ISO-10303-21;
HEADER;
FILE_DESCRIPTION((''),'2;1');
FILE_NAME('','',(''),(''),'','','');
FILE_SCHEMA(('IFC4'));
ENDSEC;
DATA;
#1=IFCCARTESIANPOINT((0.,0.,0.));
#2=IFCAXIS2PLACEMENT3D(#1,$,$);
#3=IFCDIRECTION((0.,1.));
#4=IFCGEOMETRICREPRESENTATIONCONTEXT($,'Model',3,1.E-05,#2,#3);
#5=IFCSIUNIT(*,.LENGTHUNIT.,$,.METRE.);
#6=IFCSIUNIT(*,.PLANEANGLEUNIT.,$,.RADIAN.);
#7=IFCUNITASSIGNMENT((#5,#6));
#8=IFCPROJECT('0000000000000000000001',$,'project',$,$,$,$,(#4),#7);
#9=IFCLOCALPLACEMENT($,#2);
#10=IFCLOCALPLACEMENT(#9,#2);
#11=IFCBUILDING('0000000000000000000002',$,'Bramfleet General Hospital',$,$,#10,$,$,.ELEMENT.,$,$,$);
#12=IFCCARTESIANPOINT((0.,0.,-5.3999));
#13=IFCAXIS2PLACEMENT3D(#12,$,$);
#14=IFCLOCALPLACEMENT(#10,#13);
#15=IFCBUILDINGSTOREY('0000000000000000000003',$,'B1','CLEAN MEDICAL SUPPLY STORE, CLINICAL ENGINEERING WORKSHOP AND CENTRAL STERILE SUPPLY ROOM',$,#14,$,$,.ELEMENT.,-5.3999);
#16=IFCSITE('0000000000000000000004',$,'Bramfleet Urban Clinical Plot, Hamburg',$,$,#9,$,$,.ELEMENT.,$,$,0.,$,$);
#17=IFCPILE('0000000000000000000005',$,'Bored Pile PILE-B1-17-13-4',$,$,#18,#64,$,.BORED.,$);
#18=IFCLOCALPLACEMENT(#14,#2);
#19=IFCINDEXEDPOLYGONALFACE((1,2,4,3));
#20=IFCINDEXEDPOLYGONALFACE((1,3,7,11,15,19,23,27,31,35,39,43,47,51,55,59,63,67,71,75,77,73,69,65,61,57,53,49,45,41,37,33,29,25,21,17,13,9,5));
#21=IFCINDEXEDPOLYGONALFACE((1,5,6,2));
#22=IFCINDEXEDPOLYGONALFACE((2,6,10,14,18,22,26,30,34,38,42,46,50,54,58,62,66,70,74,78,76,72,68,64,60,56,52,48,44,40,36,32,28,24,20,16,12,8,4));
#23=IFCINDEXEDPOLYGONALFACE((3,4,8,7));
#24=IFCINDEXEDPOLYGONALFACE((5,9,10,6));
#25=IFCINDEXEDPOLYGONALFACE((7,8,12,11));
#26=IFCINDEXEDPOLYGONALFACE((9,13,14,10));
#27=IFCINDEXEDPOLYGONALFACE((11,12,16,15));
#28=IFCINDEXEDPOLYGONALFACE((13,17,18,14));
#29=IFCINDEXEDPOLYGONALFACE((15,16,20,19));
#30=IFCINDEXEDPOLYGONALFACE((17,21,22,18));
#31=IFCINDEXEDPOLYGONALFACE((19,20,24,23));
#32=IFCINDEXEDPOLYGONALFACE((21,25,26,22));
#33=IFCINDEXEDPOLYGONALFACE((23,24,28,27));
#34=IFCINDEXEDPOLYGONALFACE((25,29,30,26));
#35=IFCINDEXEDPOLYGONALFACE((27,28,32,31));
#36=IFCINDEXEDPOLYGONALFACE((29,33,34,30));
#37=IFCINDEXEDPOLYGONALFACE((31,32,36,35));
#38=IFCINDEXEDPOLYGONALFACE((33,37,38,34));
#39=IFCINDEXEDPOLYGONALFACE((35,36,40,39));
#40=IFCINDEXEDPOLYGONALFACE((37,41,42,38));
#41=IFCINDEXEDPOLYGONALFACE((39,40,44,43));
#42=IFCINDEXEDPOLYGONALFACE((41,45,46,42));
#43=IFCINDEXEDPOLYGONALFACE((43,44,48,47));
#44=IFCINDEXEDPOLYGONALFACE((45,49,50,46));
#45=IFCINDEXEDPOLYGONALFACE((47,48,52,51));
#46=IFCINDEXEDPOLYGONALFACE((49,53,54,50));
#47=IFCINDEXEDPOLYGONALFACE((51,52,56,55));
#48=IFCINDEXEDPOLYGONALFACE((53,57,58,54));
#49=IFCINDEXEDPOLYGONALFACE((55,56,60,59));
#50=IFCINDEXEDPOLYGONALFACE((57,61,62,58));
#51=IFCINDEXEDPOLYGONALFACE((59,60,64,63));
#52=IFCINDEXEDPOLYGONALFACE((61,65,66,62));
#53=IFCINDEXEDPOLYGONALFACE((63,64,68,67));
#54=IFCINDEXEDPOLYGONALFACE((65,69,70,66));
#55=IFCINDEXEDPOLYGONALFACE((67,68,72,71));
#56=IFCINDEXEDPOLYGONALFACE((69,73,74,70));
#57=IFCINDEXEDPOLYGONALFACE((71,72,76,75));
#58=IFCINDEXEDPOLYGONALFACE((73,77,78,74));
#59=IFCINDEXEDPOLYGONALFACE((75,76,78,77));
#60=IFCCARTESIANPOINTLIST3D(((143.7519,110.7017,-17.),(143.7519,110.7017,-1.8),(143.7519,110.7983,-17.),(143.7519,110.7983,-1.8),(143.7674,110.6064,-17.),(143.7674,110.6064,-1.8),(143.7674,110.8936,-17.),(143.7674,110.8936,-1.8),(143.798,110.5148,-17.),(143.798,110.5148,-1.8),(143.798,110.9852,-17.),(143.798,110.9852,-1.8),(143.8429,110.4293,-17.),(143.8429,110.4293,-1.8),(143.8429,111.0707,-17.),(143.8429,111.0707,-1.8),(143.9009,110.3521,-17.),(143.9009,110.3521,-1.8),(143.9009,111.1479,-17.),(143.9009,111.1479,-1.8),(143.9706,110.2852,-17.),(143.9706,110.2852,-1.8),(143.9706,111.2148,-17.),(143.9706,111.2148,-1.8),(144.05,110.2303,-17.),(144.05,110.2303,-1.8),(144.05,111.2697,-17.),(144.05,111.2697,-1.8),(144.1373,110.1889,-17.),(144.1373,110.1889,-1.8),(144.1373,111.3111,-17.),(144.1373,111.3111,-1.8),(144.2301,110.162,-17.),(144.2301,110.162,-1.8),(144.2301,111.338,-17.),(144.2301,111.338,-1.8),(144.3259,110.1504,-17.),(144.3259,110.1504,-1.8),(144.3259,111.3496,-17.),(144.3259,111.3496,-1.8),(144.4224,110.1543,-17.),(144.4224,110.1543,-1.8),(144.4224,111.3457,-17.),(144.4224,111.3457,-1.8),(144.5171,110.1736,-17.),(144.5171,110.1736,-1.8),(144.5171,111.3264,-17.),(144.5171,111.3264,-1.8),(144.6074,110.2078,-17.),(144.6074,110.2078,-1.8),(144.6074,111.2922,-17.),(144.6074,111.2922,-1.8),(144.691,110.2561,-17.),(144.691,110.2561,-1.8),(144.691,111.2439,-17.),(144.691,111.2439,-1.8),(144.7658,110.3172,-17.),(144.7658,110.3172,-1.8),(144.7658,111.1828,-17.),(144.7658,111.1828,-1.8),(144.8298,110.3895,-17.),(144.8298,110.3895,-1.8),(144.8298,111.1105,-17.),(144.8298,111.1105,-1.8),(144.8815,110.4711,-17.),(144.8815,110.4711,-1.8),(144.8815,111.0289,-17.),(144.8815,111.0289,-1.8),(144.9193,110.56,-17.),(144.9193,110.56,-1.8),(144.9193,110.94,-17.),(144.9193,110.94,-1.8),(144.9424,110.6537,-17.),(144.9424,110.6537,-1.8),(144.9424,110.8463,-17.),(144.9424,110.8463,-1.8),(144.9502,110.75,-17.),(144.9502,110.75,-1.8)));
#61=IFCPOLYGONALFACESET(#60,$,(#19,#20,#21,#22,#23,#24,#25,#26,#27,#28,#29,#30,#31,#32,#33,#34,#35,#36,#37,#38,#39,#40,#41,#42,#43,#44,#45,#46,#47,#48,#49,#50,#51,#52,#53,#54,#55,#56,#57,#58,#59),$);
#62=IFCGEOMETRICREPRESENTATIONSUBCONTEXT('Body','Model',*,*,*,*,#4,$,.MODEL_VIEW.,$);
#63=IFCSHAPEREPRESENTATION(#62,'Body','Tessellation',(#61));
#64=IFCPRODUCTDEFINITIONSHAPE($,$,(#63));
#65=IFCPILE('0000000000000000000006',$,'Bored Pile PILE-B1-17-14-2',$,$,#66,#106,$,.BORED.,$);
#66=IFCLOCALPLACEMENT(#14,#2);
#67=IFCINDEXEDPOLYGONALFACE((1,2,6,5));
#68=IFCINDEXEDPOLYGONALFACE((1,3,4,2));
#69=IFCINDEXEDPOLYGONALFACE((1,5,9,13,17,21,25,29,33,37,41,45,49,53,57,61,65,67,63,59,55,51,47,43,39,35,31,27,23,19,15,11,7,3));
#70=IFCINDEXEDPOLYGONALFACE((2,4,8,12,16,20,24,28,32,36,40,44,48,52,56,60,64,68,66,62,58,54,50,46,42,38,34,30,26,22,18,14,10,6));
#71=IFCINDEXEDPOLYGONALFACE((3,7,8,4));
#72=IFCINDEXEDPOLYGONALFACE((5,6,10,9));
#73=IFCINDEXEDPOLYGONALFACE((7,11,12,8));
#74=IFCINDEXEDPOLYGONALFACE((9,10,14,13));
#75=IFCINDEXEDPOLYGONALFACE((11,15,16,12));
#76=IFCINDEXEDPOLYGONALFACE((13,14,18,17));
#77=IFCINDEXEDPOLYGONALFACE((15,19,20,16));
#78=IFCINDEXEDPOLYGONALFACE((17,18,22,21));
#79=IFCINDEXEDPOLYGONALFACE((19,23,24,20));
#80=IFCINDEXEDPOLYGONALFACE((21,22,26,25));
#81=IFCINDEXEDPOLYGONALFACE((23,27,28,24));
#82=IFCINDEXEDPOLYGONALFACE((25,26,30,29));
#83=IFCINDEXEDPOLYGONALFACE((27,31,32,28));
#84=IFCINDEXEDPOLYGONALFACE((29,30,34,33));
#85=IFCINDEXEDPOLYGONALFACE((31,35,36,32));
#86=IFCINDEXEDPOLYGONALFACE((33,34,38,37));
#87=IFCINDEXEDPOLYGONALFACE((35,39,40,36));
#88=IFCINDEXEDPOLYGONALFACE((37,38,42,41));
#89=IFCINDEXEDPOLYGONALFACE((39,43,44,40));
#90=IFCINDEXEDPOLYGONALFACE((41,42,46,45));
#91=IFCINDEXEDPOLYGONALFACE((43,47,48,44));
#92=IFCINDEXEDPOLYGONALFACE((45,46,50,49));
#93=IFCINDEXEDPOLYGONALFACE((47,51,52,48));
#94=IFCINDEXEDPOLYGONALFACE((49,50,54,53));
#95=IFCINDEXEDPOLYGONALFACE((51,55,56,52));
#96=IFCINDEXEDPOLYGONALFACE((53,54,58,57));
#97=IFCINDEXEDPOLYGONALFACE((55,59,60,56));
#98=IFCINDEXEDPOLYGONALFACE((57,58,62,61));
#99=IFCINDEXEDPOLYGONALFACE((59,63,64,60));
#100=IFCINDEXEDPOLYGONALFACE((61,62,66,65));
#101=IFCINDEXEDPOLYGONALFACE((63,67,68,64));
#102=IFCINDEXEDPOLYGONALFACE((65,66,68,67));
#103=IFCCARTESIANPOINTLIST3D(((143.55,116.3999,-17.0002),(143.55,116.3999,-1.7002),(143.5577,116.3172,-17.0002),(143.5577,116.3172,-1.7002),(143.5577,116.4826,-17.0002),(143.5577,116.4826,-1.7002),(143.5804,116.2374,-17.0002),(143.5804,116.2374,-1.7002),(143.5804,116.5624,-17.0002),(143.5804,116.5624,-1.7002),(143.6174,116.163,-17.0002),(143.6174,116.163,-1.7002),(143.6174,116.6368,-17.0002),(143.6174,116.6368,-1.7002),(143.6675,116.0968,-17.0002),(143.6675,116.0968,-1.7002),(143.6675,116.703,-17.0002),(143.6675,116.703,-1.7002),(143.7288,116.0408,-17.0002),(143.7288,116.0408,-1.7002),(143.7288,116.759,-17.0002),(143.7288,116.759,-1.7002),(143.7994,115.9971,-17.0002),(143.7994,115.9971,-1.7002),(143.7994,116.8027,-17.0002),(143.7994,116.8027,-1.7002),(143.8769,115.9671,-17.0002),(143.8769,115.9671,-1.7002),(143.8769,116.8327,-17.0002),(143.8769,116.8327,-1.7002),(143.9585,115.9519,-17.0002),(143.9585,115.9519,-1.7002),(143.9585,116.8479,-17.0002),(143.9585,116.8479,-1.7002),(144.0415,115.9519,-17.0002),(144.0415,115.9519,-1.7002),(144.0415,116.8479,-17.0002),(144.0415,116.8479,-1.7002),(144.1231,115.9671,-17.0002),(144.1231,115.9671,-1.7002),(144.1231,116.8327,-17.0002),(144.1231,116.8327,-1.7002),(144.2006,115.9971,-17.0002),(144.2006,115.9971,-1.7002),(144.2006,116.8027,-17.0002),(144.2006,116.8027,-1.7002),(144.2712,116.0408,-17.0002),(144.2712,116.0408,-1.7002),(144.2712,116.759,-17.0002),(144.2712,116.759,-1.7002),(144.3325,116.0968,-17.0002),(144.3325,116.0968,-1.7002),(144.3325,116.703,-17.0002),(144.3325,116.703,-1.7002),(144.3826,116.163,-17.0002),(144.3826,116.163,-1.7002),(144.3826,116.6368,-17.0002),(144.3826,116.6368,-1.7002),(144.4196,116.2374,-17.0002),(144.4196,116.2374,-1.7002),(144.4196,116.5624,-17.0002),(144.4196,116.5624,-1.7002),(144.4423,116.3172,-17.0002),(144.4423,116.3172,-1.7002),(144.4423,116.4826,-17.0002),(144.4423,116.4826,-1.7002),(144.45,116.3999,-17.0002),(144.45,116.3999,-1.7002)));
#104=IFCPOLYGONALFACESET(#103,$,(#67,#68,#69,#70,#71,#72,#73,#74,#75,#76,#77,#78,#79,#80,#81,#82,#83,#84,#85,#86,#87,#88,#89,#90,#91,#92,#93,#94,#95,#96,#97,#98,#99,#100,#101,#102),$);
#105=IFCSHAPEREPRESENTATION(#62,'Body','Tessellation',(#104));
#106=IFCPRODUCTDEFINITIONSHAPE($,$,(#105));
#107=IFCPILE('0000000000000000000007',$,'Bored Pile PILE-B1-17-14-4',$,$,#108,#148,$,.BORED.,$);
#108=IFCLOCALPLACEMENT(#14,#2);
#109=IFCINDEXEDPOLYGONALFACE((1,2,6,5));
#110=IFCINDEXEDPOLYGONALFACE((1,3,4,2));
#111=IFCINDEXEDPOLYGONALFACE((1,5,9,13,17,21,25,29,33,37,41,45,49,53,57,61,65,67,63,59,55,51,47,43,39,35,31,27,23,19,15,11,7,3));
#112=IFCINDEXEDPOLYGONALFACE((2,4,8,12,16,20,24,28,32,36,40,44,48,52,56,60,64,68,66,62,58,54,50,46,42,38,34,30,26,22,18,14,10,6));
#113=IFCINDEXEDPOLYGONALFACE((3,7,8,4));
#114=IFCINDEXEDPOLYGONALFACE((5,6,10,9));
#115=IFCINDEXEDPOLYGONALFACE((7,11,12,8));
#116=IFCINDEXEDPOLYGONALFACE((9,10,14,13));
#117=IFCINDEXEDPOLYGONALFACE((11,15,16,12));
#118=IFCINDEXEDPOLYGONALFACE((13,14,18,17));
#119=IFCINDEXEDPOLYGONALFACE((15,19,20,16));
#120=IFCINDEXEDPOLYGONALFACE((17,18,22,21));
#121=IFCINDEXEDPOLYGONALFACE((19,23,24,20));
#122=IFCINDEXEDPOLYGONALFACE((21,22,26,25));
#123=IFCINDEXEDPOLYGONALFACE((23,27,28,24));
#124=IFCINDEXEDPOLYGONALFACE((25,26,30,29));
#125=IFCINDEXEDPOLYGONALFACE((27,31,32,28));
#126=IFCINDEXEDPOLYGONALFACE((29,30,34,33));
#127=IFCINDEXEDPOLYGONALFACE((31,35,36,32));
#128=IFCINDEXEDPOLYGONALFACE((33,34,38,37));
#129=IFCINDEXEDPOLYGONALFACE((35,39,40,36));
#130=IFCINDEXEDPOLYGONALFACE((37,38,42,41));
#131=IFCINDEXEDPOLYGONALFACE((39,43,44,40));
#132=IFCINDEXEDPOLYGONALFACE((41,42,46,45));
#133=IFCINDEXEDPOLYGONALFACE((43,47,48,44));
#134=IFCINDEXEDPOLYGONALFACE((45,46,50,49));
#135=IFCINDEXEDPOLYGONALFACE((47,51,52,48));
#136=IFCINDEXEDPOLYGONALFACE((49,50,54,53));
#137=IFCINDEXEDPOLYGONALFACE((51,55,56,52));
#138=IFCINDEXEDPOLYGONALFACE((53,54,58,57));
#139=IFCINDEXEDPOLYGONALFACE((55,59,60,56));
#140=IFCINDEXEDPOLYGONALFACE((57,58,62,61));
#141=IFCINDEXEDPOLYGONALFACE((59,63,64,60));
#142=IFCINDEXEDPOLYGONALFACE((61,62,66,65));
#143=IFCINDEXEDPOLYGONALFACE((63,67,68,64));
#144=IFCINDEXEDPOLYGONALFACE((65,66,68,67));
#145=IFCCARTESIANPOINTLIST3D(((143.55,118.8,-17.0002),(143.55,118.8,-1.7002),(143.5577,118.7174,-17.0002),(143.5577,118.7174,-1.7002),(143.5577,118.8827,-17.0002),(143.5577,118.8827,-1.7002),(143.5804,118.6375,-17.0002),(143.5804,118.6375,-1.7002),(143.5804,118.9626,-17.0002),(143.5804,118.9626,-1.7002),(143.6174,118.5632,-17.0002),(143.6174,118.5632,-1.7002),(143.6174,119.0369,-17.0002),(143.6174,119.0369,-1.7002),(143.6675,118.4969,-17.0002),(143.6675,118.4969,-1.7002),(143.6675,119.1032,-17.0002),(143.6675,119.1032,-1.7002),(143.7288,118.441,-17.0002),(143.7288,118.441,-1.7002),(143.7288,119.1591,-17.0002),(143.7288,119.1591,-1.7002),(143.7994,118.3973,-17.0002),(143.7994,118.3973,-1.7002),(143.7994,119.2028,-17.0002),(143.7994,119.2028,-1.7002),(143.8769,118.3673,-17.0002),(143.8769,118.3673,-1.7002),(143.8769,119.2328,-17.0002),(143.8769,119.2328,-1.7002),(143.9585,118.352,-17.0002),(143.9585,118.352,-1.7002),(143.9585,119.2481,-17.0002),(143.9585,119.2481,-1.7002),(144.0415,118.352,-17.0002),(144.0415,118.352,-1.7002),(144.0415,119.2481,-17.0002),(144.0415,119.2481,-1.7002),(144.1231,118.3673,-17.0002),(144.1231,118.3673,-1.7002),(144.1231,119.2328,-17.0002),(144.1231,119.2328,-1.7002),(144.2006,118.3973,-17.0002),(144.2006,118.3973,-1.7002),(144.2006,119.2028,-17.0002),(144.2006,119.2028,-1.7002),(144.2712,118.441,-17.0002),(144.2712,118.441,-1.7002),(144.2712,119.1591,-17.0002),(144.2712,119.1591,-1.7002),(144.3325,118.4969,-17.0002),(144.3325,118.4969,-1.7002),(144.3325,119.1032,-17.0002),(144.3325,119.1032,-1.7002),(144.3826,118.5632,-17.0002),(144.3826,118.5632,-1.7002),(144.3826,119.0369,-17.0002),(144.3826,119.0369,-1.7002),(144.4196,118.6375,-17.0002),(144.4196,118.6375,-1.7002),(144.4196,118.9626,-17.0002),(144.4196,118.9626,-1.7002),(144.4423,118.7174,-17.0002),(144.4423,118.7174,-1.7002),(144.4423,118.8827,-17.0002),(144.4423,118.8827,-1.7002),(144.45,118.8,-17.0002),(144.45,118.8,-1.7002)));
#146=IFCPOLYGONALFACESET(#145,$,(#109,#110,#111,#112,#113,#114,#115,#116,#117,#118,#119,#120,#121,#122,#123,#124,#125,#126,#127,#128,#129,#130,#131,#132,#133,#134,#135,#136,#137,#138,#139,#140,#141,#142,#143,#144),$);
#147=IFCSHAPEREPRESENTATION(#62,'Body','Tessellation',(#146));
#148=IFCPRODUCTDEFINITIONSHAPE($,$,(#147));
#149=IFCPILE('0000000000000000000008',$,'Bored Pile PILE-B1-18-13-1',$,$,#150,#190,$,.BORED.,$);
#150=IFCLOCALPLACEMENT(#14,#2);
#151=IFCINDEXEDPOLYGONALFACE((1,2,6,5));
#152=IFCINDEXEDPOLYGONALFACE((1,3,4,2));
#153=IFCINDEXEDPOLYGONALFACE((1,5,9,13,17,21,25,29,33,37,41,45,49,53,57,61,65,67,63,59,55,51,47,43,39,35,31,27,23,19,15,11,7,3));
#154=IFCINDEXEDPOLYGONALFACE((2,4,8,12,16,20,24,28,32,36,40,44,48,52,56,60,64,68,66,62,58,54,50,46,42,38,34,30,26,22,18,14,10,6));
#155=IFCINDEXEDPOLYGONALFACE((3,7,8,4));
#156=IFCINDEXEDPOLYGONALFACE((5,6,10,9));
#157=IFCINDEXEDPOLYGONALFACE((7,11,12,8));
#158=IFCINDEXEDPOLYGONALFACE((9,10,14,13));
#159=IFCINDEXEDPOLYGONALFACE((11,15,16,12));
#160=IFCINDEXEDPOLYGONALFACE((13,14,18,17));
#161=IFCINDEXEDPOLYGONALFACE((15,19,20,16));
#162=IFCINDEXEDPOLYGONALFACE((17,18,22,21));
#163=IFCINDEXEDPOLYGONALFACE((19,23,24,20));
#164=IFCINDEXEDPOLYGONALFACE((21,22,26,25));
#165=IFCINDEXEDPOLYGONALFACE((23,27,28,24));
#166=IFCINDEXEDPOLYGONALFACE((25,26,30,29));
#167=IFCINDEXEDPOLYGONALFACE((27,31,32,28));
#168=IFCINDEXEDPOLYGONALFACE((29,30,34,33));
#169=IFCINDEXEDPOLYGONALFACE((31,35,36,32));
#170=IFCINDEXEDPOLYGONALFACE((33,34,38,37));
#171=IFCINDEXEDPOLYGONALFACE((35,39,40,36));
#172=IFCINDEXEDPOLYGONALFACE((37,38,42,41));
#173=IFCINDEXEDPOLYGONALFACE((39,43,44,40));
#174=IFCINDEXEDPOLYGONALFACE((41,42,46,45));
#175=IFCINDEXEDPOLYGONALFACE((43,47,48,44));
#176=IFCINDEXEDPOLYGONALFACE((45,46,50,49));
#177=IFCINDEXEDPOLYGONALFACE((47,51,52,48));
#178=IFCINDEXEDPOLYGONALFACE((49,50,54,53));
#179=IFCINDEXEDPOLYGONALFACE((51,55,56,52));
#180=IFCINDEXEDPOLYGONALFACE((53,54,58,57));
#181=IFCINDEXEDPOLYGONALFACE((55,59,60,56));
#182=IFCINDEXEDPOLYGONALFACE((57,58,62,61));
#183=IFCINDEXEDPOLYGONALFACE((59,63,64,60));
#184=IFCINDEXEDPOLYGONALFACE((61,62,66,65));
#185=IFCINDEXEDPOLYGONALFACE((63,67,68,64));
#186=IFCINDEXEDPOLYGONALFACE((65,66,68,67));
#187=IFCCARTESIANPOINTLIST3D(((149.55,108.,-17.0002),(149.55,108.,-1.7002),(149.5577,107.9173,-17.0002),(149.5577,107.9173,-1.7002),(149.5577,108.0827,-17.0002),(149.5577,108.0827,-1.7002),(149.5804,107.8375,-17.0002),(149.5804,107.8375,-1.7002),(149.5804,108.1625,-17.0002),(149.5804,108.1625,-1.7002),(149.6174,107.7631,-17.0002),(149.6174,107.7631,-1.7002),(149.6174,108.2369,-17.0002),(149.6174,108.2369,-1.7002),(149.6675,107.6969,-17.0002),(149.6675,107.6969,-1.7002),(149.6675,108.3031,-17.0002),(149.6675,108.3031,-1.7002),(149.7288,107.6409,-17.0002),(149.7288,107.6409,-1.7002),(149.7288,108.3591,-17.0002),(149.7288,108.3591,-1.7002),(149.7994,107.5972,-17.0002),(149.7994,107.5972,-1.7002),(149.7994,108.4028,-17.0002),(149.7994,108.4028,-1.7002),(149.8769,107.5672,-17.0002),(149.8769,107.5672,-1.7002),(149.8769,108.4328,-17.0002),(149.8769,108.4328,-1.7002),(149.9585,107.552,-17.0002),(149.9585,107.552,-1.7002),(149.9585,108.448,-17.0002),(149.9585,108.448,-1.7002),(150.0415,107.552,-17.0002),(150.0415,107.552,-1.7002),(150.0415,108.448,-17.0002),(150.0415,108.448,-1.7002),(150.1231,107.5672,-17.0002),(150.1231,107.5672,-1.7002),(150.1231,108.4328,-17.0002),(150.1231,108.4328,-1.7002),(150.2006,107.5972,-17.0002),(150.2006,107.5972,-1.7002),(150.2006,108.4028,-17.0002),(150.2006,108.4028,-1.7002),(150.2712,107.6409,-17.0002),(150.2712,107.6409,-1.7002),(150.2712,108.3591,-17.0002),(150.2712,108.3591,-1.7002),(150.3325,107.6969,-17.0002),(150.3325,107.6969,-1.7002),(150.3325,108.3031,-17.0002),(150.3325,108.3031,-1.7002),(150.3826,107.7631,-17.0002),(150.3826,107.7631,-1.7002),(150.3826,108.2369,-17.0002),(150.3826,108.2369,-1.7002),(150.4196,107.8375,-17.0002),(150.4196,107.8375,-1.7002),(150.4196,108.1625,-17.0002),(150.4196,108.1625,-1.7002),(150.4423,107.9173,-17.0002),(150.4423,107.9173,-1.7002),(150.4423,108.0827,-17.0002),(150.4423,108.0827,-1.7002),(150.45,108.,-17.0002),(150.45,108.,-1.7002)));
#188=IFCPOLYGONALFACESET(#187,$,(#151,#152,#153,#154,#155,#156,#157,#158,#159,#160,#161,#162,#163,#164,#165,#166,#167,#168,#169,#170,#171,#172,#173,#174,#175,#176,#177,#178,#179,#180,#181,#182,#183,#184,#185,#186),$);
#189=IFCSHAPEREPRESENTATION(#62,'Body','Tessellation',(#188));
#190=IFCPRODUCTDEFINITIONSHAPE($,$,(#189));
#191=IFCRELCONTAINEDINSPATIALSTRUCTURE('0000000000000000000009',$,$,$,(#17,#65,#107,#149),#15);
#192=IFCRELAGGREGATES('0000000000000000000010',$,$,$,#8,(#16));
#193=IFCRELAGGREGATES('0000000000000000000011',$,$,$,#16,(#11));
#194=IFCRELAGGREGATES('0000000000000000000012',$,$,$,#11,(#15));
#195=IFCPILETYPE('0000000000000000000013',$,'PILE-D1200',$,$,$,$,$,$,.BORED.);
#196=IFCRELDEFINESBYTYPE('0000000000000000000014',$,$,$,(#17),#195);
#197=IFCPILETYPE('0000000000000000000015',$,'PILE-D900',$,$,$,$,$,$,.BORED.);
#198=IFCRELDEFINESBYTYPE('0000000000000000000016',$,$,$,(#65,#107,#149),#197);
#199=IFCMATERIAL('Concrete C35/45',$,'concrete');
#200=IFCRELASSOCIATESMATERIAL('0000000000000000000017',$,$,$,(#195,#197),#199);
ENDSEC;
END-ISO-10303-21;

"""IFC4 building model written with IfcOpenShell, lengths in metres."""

from ifc_helpers import new_model, si_unit, direction, frame, origin, origin_2d, place, context, subcontext, project, spatial, circle, extrude, material, material_profile, profile_set, type_object, element, save


model = new_model("IFC4")

# Units and contexts
model_context = context("Model", 3, precision=1e-05, world=origin(), true_north=direction((0.0, 1.0)))
body_context = subcontext(model_context, "Body", "Model", "MODEL_VIEW")
ifc_project = project(units=[si_unit("LENGTHUNIT", "METRE"), si_unit("PLANEANGLEUNIT", "RADIAN")], contexts=[model_context])

# Site, building, storey
site_placement = place(None, origin())
site = spatial("IfcSite", under=ifc_project, at=site_placement, Name="Bramfleet Urban Clinical Plot, Hamburg", CompositionType="ELEMENT", RefElevation=0.0)
building_placement = place(site_placement, origin())
building = spatial("IfcBuilding", under=site, at=building_placement, Name="Bramfleet General Hospital", CompositionType="ELEMENT")
storey_placement = place(building_placement, frame((0.0, 0.0, -5.3999)))
storey = spatial("IfcBuildingStorey", under=building, at=storey_placement, Name="B1", Description="CLEAN MEDICAL SUPPLY STORE, CLINICAL ENGINEERING WORKSHOP AND CENTRAL STERILE SUPPLY ROOM", CompositionType="ELEMENT", Elevation=-5.3999)

# Shared definitions
ifc_material_1 = material(Name="Concrete C35/45", Category="concrete")

# Piles
ifc_material_profile_1 = material_profile(ifc_material_1, circle(Radius=0.6001, at=origin_2d()), Name="PILE BORED D1200")
ifc_profile_set_1 = profile_set([ifc_material_profile_1], Name="Concrete C35/45")
pile_type_1 = type_object("IfcPileType", Name="PILE-D1200", PredefinedType="BORED", material=ifc_profile_set_1)
for number, where, z_axis, x_axis, name in (
    (1, (144.3501, 110.75, -1.8), (0.0, 0.0, -1.0), (1.0, 0.0, 0.0), "Bored Pile PILE-B1-17-13-4"),
):
    element("IfcPile", number, at=place(storey_placement, frame(where, z_axis=z_axis, x_axis=x_axis)), inside=storey, type_object=pile_type_1, Name=name, PredefinedType="BORED", context=body_context, shape_type="SweptSolid", body=[
        extrude(circle(Radius=0.6001, at=origin_2d()), origin(), (0.0, 0.0, 1.0), 15.2),
    ])
ifc_material_profile_2 = material_profile(ifc_material_1, circle(Radius=0.45, at=origin_2d()), Name="PILE BORED D900")
ifc_profile_set_2 = profile_set([ifc_material_profile_2], Name="Concrete C35/45")
pile_type_2 = type_object("IfcPileType", Name="PILE-D900", PredefinedType="BORED", material=ifc_profile_set_2)
for number, where, z_axis, x_axis, name in (
    (2, (144.0, 116.3999, -1.7002), (0.0, 0.0, -1.0), (1.0, 0.0, 0.0), "Bored Pile PILE-B1-17-14-2"),
    (3, (144.0, 118.8, -1.7002), (0.0, 0.0, -1.0), (1.0, 0.0, 0.0), "Bored Pile PILE-B1-17-14-4"),
    (4, (150.0, 108.0, -1.7002), (0.0, 0.0, -1.0), (1.0, 0.0, 0.0), "Bored Pile PILE-B1-18-13-1"),
):
    element("IfcPile", number, at=place(storey_placement, frame(where, z_axis=z_axis, x_axis=x_axis)), inside=storey, type_object=pile_type_2, Name=name, PredefinedType="BORED", context=body_context, shape_type="SweptSolid", body=[
        extrude(circle(Radius=0.45, at=origin_2d()), origin(), (0.0, 0.0, 1.0), 15.3),
    ])

save(model, "model.ifc")
